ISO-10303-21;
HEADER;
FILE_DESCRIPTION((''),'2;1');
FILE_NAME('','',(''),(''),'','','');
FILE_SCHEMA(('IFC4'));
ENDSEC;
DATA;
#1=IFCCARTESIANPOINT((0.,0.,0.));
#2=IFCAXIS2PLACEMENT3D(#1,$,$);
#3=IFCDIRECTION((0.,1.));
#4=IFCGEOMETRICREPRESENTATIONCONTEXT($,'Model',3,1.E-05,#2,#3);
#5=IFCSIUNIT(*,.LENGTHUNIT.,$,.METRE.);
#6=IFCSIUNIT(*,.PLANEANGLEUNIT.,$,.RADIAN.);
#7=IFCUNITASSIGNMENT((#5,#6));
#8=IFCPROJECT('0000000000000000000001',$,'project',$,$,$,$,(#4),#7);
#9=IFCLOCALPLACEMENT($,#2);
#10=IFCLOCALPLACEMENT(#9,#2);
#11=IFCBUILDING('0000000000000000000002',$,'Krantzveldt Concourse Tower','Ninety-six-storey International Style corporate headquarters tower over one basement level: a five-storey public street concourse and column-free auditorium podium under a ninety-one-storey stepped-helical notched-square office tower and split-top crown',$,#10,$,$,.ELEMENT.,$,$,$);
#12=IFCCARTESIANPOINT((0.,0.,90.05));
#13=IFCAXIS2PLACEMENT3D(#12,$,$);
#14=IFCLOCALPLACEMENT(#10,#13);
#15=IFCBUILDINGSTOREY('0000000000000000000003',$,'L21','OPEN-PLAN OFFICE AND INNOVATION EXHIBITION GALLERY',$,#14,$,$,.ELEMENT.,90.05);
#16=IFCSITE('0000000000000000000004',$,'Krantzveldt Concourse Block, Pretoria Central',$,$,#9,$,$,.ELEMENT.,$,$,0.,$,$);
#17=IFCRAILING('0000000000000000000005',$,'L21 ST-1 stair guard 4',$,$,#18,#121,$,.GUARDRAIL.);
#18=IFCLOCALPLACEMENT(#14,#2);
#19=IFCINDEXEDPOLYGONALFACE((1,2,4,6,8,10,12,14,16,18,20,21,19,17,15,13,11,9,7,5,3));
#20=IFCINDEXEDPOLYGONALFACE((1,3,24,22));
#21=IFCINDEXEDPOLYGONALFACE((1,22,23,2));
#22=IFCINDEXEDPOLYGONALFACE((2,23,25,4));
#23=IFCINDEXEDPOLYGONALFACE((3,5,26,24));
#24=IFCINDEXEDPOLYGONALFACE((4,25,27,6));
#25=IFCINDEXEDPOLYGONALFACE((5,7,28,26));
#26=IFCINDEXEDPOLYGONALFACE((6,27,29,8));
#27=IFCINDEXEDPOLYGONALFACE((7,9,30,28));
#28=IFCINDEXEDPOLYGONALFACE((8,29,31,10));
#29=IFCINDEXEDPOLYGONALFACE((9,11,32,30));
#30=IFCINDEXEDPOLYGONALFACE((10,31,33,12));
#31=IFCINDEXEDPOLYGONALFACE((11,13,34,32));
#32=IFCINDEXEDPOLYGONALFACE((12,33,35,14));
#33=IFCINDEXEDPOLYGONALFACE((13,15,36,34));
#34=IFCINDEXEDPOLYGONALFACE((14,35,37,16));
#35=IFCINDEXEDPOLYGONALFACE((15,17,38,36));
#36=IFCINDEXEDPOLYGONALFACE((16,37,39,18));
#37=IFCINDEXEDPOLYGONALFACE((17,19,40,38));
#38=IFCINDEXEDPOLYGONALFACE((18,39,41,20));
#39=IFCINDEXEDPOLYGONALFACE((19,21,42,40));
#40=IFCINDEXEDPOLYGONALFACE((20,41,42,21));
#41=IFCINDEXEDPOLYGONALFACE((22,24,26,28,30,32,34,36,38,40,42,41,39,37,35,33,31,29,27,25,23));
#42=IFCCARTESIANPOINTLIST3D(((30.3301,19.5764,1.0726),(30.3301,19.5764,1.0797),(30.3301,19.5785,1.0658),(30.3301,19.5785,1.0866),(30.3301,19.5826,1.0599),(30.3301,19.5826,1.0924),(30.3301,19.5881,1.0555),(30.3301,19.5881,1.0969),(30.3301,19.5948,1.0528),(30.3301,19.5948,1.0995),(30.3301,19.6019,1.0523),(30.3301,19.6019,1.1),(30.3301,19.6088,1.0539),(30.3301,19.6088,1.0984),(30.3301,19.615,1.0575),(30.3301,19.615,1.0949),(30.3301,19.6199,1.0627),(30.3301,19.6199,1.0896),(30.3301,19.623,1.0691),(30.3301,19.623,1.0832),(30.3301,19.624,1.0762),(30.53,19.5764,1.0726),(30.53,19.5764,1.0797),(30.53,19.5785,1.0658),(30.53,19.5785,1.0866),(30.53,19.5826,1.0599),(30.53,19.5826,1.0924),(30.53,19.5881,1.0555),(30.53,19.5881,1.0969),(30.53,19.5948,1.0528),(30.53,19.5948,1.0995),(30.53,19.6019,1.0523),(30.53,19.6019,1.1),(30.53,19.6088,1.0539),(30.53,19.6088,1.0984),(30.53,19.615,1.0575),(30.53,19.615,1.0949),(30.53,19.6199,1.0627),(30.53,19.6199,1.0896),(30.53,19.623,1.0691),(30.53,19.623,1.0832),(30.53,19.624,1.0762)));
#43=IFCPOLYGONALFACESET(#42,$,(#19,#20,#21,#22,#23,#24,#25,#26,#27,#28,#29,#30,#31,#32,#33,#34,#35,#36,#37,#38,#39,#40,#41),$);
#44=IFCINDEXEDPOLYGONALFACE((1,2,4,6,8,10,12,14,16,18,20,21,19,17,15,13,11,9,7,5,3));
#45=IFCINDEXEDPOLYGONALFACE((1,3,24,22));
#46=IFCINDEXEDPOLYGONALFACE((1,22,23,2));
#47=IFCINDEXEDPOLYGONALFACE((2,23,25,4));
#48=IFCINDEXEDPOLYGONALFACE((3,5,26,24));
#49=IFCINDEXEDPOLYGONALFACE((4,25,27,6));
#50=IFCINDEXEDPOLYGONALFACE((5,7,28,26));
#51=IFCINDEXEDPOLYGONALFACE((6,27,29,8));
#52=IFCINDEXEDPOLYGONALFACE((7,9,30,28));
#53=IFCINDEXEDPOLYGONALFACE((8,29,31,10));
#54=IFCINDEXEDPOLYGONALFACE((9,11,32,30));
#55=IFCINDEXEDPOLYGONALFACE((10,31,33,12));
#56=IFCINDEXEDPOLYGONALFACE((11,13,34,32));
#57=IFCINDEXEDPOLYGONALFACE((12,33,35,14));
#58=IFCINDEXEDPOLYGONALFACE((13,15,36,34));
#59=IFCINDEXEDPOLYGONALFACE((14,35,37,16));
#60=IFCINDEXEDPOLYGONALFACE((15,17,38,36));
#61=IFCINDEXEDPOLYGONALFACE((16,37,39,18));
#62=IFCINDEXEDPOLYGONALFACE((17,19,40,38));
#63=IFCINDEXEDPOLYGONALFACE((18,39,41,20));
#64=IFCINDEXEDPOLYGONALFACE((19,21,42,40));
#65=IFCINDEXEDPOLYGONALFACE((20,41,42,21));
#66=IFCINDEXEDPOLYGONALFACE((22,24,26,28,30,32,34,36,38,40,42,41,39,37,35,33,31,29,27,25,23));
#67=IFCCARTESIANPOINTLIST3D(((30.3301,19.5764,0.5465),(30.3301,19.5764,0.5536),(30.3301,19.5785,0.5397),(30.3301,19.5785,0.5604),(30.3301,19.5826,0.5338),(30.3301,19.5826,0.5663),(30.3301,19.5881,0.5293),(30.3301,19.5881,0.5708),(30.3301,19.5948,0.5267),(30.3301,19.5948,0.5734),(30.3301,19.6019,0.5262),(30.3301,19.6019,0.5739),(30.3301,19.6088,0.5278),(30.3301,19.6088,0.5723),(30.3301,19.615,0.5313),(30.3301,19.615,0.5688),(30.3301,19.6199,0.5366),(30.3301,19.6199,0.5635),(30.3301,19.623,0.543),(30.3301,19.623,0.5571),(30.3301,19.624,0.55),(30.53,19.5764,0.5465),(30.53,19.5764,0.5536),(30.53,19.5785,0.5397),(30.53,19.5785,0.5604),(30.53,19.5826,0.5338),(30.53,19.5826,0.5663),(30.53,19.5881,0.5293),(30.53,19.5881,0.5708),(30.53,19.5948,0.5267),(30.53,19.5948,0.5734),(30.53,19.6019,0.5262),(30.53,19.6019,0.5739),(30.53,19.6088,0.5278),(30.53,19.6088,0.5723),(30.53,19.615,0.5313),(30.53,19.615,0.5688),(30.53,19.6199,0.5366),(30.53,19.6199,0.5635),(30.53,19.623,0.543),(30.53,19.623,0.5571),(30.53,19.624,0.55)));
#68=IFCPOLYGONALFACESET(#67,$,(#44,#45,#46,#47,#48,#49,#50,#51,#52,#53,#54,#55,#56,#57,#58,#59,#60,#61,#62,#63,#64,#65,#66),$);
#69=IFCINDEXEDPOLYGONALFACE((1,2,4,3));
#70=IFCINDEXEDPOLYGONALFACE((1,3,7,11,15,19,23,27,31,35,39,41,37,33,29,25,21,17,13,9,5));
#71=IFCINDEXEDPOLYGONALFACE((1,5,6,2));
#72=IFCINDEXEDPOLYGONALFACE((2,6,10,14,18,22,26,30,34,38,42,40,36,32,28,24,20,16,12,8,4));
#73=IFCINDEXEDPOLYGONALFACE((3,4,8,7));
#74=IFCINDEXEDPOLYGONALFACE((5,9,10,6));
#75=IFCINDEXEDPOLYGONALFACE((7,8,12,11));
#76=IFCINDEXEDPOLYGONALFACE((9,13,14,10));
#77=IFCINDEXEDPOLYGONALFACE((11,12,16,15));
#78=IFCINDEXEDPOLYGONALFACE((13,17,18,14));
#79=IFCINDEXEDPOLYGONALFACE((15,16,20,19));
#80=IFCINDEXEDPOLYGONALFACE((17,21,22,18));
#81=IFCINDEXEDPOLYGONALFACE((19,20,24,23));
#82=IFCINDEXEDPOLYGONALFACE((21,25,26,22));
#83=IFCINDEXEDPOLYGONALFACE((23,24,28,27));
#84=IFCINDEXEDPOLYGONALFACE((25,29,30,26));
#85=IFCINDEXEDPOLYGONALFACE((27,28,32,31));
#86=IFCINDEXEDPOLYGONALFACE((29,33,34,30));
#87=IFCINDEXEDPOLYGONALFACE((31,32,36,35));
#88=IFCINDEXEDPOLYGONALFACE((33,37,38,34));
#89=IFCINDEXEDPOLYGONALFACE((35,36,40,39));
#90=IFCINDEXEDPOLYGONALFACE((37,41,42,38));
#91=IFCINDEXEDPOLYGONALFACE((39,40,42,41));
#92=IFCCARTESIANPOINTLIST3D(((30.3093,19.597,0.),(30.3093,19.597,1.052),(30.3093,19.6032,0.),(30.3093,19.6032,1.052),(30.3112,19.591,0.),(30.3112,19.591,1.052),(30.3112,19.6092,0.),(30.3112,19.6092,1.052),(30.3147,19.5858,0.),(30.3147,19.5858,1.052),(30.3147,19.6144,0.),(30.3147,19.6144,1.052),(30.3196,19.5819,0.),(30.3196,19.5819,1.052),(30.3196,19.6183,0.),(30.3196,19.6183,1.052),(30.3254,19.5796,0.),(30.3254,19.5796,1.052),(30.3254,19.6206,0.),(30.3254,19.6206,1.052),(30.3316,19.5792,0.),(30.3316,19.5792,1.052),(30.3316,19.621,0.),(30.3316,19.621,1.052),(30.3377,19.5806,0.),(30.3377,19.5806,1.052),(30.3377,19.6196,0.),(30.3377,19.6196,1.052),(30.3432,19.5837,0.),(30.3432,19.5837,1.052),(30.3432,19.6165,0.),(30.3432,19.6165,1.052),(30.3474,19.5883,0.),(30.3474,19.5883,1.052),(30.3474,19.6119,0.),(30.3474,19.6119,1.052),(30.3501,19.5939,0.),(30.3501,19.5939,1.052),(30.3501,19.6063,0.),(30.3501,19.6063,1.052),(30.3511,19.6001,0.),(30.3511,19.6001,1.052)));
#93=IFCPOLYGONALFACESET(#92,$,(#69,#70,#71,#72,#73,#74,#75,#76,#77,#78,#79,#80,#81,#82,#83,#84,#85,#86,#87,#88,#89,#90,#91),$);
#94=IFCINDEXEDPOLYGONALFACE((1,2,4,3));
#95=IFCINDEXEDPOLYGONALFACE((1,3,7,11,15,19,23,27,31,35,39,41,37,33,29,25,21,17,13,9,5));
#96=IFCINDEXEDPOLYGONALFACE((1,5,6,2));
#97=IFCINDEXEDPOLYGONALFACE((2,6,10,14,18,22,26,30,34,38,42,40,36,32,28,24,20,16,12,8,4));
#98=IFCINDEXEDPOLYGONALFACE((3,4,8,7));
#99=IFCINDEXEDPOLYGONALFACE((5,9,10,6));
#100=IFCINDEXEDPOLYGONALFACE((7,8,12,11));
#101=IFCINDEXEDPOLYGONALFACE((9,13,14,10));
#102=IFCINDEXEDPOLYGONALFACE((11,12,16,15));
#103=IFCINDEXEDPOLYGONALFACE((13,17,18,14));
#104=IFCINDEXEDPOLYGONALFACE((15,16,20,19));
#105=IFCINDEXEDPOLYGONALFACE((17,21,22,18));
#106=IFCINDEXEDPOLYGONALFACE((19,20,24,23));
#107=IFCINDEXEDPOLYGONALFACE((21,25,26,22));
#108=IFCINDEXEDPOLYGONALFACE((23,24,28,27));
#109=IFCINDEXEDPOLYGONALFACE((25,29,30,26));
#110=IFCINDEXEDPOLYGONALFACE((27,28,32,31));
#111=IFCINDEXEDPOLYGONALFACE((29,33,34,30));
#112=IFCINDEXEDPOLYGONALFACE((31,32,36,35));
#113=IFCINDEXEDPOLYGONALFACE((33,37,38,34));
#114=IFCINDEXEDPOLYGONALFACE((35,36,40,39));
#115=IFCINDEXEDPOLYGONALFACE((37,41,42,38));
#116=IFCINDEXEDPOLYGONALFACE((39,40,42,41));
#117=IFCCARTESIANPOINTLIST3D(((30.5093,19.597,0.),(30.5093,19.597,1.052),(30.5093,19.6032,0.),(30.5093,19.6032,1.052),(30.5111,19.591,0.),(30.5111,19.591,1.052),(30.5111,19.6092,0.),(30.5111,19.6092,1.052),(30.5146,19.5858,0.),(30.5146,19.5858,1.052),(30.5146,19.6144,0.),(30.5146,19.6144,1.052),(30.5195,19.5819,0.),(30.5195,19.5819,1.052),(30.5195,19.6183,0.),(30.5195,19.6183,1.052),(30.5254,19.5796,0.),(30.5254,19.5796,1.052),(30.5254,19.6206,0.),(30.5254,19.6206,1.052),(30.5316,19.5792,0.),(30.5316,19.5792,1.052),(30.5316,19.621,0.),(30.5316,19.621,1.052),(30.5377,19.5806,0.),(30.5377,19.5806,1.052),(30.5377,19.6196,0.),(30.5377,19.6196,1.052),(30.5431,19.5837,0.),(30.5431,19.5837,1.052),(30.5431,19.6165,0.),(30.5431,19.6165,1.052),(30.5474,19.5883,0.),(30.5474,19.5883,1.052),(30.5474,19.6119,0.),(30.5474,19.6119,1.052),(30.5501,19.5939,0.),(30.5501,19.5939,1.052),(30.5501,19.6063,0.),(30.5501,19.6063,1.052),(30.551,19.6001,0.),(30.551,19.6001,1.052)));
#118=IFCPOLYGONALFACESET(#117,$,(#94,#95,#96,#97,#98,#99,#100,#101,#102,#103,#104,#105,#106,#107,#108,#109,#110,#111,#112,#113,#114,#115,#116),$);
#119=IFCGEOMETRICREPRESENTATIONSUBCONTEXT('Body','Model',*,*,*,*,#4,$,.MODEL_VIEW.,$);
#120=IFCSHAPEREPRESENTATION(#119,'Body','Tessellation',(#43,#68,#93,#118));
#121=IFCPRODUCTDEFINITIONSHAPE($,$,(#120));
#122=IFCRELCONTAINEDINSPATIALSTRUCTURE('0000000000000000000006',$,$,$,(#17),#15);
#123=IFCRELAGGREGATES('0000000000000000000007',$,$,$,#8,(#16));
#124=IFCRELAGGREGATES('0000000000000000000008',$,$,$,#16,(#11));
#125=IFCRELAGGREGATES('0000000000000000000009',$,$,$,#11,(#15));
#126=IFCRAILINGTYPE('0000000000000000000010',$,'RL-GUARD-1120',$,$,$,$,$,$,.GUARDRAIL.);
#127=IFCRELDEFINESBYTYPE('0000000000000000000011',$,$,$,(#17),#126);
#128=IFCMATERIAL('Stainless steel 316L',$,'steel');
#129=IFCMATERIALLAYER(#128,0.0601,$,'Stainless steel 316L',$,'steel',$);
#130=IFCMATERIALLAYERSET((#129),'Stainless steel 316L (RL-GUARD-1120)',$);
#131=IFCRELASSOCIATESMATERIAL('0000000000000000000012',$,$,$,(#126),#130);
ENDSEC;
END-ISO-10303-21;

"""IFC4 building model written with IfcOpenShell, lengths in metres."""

from ifc_helpers import new_model, si_unit, direction, frame, origin, origin_2d, place, context, subcontext, project, spatial, circle, extrude, material, layer, layer_set, type_object, element, save


model = new_model("IFC4")

# Units and contexts
model_context = context("Model", 3, precision=1e-05, world=origin(), true_north=direction((0.0, 1.0)))
body_context = subcontext(model_context, "Body", "Model", "MODEL_VIEW")
ifc_project = project(units=[si_unit("LENGTHUNIT", "METRE"), si_unit("PLANEANGLEUNIT", "RADIAN")], contexts=[model_context])

# Site, building, storey
site_placement = place(None, origin())
site = spatial("IfcSite", under=ifc_project, at=site_placement, Name="Krantzveldt Concourse Block, Pretoria Central", CompositionType="ELEMENT", RefElevation=0.0)
building_placement = place(site_placement, origin())
building = spatial("IfcBuilding", under=site, at=building_placement, Name="Krantzveldt Concourse Tower", Description="Ninety-six-storey International Style corporate headquarters tower over one basement level: a five-storey public street concourse and column-free auditorium podium under a ninety-one-storey stepped-helical notched-square office tower and split-top crown", CompositionType="ELEMENT")
storey_placement = place(building_placement, frame((0.0, 0.0, 90.05)))
storey = spatial("IfcBuildingStorey", under=building, at=storey_placement, Name="L21", Description="OPEN-PLAN OFFICE AND INNOVATION EXHIBITION GALLERY", CompositionType="ELEMENT", Elevation=90.05)

# Railing
ifc_material_1 = material(Name="Stainless steel 316L", Category="steel")
ifc_layer_1 = layer(ifc_material_1, 0.0601, Name="Stainless steel 316L", Category="steel")
ifc_layer_set_1 = layer_set([ifc_layer_1], Name="Stainless steel 316L (RL-GUARD-1120)")
railing_type_1 = type_object("IfcRailingType", Name="RL-GUARD-1120", PredefinedType="GUARDRAIL", material=ifc_layer_set_1)
railing_1_placement = place(storey_placement, frame((30.3301, 19.6001, 0.0)))
element("IfcRailing", 1, at=railing_1_placement, inside=storey, type_object=railing_type_1, Name="L21 ST-1 stair guard 4", PredefinedType="GUARDRAIL", context=body_context, shape_type="SweptSolid", body=[
    extrude(circle(Radius=0.0239, at=origin_2d()), frame((0.0, 0.0, 1.0762), z_axis=(1.0, 0.0, 0.0), x_axis=(0.0, 1.0, 0.0)), (0.0, 0.0, 1.0), 0.2),
    extrude(circle(Radius=0.0239, at=origin_2d()), frame((0.0, 0.0, 0.55), z_axis=(1.0, 0.0, 0.0), x_axis=(0.0, 1.0, 0.0)), (0.0, 0.0, 1.0), 0.2),
    extrude(circle(Radius=0.021, at=origin_2d()), origin(), (0.0, 0.0, 1.0), 1.052),
    extrude(circle(Radius=0.021, at=origin_2d()), frame((0.2, 0.0, 0.0)), (0.0, 0.0, 1.0), 1.052),
])

save(model, "model.ifc")
